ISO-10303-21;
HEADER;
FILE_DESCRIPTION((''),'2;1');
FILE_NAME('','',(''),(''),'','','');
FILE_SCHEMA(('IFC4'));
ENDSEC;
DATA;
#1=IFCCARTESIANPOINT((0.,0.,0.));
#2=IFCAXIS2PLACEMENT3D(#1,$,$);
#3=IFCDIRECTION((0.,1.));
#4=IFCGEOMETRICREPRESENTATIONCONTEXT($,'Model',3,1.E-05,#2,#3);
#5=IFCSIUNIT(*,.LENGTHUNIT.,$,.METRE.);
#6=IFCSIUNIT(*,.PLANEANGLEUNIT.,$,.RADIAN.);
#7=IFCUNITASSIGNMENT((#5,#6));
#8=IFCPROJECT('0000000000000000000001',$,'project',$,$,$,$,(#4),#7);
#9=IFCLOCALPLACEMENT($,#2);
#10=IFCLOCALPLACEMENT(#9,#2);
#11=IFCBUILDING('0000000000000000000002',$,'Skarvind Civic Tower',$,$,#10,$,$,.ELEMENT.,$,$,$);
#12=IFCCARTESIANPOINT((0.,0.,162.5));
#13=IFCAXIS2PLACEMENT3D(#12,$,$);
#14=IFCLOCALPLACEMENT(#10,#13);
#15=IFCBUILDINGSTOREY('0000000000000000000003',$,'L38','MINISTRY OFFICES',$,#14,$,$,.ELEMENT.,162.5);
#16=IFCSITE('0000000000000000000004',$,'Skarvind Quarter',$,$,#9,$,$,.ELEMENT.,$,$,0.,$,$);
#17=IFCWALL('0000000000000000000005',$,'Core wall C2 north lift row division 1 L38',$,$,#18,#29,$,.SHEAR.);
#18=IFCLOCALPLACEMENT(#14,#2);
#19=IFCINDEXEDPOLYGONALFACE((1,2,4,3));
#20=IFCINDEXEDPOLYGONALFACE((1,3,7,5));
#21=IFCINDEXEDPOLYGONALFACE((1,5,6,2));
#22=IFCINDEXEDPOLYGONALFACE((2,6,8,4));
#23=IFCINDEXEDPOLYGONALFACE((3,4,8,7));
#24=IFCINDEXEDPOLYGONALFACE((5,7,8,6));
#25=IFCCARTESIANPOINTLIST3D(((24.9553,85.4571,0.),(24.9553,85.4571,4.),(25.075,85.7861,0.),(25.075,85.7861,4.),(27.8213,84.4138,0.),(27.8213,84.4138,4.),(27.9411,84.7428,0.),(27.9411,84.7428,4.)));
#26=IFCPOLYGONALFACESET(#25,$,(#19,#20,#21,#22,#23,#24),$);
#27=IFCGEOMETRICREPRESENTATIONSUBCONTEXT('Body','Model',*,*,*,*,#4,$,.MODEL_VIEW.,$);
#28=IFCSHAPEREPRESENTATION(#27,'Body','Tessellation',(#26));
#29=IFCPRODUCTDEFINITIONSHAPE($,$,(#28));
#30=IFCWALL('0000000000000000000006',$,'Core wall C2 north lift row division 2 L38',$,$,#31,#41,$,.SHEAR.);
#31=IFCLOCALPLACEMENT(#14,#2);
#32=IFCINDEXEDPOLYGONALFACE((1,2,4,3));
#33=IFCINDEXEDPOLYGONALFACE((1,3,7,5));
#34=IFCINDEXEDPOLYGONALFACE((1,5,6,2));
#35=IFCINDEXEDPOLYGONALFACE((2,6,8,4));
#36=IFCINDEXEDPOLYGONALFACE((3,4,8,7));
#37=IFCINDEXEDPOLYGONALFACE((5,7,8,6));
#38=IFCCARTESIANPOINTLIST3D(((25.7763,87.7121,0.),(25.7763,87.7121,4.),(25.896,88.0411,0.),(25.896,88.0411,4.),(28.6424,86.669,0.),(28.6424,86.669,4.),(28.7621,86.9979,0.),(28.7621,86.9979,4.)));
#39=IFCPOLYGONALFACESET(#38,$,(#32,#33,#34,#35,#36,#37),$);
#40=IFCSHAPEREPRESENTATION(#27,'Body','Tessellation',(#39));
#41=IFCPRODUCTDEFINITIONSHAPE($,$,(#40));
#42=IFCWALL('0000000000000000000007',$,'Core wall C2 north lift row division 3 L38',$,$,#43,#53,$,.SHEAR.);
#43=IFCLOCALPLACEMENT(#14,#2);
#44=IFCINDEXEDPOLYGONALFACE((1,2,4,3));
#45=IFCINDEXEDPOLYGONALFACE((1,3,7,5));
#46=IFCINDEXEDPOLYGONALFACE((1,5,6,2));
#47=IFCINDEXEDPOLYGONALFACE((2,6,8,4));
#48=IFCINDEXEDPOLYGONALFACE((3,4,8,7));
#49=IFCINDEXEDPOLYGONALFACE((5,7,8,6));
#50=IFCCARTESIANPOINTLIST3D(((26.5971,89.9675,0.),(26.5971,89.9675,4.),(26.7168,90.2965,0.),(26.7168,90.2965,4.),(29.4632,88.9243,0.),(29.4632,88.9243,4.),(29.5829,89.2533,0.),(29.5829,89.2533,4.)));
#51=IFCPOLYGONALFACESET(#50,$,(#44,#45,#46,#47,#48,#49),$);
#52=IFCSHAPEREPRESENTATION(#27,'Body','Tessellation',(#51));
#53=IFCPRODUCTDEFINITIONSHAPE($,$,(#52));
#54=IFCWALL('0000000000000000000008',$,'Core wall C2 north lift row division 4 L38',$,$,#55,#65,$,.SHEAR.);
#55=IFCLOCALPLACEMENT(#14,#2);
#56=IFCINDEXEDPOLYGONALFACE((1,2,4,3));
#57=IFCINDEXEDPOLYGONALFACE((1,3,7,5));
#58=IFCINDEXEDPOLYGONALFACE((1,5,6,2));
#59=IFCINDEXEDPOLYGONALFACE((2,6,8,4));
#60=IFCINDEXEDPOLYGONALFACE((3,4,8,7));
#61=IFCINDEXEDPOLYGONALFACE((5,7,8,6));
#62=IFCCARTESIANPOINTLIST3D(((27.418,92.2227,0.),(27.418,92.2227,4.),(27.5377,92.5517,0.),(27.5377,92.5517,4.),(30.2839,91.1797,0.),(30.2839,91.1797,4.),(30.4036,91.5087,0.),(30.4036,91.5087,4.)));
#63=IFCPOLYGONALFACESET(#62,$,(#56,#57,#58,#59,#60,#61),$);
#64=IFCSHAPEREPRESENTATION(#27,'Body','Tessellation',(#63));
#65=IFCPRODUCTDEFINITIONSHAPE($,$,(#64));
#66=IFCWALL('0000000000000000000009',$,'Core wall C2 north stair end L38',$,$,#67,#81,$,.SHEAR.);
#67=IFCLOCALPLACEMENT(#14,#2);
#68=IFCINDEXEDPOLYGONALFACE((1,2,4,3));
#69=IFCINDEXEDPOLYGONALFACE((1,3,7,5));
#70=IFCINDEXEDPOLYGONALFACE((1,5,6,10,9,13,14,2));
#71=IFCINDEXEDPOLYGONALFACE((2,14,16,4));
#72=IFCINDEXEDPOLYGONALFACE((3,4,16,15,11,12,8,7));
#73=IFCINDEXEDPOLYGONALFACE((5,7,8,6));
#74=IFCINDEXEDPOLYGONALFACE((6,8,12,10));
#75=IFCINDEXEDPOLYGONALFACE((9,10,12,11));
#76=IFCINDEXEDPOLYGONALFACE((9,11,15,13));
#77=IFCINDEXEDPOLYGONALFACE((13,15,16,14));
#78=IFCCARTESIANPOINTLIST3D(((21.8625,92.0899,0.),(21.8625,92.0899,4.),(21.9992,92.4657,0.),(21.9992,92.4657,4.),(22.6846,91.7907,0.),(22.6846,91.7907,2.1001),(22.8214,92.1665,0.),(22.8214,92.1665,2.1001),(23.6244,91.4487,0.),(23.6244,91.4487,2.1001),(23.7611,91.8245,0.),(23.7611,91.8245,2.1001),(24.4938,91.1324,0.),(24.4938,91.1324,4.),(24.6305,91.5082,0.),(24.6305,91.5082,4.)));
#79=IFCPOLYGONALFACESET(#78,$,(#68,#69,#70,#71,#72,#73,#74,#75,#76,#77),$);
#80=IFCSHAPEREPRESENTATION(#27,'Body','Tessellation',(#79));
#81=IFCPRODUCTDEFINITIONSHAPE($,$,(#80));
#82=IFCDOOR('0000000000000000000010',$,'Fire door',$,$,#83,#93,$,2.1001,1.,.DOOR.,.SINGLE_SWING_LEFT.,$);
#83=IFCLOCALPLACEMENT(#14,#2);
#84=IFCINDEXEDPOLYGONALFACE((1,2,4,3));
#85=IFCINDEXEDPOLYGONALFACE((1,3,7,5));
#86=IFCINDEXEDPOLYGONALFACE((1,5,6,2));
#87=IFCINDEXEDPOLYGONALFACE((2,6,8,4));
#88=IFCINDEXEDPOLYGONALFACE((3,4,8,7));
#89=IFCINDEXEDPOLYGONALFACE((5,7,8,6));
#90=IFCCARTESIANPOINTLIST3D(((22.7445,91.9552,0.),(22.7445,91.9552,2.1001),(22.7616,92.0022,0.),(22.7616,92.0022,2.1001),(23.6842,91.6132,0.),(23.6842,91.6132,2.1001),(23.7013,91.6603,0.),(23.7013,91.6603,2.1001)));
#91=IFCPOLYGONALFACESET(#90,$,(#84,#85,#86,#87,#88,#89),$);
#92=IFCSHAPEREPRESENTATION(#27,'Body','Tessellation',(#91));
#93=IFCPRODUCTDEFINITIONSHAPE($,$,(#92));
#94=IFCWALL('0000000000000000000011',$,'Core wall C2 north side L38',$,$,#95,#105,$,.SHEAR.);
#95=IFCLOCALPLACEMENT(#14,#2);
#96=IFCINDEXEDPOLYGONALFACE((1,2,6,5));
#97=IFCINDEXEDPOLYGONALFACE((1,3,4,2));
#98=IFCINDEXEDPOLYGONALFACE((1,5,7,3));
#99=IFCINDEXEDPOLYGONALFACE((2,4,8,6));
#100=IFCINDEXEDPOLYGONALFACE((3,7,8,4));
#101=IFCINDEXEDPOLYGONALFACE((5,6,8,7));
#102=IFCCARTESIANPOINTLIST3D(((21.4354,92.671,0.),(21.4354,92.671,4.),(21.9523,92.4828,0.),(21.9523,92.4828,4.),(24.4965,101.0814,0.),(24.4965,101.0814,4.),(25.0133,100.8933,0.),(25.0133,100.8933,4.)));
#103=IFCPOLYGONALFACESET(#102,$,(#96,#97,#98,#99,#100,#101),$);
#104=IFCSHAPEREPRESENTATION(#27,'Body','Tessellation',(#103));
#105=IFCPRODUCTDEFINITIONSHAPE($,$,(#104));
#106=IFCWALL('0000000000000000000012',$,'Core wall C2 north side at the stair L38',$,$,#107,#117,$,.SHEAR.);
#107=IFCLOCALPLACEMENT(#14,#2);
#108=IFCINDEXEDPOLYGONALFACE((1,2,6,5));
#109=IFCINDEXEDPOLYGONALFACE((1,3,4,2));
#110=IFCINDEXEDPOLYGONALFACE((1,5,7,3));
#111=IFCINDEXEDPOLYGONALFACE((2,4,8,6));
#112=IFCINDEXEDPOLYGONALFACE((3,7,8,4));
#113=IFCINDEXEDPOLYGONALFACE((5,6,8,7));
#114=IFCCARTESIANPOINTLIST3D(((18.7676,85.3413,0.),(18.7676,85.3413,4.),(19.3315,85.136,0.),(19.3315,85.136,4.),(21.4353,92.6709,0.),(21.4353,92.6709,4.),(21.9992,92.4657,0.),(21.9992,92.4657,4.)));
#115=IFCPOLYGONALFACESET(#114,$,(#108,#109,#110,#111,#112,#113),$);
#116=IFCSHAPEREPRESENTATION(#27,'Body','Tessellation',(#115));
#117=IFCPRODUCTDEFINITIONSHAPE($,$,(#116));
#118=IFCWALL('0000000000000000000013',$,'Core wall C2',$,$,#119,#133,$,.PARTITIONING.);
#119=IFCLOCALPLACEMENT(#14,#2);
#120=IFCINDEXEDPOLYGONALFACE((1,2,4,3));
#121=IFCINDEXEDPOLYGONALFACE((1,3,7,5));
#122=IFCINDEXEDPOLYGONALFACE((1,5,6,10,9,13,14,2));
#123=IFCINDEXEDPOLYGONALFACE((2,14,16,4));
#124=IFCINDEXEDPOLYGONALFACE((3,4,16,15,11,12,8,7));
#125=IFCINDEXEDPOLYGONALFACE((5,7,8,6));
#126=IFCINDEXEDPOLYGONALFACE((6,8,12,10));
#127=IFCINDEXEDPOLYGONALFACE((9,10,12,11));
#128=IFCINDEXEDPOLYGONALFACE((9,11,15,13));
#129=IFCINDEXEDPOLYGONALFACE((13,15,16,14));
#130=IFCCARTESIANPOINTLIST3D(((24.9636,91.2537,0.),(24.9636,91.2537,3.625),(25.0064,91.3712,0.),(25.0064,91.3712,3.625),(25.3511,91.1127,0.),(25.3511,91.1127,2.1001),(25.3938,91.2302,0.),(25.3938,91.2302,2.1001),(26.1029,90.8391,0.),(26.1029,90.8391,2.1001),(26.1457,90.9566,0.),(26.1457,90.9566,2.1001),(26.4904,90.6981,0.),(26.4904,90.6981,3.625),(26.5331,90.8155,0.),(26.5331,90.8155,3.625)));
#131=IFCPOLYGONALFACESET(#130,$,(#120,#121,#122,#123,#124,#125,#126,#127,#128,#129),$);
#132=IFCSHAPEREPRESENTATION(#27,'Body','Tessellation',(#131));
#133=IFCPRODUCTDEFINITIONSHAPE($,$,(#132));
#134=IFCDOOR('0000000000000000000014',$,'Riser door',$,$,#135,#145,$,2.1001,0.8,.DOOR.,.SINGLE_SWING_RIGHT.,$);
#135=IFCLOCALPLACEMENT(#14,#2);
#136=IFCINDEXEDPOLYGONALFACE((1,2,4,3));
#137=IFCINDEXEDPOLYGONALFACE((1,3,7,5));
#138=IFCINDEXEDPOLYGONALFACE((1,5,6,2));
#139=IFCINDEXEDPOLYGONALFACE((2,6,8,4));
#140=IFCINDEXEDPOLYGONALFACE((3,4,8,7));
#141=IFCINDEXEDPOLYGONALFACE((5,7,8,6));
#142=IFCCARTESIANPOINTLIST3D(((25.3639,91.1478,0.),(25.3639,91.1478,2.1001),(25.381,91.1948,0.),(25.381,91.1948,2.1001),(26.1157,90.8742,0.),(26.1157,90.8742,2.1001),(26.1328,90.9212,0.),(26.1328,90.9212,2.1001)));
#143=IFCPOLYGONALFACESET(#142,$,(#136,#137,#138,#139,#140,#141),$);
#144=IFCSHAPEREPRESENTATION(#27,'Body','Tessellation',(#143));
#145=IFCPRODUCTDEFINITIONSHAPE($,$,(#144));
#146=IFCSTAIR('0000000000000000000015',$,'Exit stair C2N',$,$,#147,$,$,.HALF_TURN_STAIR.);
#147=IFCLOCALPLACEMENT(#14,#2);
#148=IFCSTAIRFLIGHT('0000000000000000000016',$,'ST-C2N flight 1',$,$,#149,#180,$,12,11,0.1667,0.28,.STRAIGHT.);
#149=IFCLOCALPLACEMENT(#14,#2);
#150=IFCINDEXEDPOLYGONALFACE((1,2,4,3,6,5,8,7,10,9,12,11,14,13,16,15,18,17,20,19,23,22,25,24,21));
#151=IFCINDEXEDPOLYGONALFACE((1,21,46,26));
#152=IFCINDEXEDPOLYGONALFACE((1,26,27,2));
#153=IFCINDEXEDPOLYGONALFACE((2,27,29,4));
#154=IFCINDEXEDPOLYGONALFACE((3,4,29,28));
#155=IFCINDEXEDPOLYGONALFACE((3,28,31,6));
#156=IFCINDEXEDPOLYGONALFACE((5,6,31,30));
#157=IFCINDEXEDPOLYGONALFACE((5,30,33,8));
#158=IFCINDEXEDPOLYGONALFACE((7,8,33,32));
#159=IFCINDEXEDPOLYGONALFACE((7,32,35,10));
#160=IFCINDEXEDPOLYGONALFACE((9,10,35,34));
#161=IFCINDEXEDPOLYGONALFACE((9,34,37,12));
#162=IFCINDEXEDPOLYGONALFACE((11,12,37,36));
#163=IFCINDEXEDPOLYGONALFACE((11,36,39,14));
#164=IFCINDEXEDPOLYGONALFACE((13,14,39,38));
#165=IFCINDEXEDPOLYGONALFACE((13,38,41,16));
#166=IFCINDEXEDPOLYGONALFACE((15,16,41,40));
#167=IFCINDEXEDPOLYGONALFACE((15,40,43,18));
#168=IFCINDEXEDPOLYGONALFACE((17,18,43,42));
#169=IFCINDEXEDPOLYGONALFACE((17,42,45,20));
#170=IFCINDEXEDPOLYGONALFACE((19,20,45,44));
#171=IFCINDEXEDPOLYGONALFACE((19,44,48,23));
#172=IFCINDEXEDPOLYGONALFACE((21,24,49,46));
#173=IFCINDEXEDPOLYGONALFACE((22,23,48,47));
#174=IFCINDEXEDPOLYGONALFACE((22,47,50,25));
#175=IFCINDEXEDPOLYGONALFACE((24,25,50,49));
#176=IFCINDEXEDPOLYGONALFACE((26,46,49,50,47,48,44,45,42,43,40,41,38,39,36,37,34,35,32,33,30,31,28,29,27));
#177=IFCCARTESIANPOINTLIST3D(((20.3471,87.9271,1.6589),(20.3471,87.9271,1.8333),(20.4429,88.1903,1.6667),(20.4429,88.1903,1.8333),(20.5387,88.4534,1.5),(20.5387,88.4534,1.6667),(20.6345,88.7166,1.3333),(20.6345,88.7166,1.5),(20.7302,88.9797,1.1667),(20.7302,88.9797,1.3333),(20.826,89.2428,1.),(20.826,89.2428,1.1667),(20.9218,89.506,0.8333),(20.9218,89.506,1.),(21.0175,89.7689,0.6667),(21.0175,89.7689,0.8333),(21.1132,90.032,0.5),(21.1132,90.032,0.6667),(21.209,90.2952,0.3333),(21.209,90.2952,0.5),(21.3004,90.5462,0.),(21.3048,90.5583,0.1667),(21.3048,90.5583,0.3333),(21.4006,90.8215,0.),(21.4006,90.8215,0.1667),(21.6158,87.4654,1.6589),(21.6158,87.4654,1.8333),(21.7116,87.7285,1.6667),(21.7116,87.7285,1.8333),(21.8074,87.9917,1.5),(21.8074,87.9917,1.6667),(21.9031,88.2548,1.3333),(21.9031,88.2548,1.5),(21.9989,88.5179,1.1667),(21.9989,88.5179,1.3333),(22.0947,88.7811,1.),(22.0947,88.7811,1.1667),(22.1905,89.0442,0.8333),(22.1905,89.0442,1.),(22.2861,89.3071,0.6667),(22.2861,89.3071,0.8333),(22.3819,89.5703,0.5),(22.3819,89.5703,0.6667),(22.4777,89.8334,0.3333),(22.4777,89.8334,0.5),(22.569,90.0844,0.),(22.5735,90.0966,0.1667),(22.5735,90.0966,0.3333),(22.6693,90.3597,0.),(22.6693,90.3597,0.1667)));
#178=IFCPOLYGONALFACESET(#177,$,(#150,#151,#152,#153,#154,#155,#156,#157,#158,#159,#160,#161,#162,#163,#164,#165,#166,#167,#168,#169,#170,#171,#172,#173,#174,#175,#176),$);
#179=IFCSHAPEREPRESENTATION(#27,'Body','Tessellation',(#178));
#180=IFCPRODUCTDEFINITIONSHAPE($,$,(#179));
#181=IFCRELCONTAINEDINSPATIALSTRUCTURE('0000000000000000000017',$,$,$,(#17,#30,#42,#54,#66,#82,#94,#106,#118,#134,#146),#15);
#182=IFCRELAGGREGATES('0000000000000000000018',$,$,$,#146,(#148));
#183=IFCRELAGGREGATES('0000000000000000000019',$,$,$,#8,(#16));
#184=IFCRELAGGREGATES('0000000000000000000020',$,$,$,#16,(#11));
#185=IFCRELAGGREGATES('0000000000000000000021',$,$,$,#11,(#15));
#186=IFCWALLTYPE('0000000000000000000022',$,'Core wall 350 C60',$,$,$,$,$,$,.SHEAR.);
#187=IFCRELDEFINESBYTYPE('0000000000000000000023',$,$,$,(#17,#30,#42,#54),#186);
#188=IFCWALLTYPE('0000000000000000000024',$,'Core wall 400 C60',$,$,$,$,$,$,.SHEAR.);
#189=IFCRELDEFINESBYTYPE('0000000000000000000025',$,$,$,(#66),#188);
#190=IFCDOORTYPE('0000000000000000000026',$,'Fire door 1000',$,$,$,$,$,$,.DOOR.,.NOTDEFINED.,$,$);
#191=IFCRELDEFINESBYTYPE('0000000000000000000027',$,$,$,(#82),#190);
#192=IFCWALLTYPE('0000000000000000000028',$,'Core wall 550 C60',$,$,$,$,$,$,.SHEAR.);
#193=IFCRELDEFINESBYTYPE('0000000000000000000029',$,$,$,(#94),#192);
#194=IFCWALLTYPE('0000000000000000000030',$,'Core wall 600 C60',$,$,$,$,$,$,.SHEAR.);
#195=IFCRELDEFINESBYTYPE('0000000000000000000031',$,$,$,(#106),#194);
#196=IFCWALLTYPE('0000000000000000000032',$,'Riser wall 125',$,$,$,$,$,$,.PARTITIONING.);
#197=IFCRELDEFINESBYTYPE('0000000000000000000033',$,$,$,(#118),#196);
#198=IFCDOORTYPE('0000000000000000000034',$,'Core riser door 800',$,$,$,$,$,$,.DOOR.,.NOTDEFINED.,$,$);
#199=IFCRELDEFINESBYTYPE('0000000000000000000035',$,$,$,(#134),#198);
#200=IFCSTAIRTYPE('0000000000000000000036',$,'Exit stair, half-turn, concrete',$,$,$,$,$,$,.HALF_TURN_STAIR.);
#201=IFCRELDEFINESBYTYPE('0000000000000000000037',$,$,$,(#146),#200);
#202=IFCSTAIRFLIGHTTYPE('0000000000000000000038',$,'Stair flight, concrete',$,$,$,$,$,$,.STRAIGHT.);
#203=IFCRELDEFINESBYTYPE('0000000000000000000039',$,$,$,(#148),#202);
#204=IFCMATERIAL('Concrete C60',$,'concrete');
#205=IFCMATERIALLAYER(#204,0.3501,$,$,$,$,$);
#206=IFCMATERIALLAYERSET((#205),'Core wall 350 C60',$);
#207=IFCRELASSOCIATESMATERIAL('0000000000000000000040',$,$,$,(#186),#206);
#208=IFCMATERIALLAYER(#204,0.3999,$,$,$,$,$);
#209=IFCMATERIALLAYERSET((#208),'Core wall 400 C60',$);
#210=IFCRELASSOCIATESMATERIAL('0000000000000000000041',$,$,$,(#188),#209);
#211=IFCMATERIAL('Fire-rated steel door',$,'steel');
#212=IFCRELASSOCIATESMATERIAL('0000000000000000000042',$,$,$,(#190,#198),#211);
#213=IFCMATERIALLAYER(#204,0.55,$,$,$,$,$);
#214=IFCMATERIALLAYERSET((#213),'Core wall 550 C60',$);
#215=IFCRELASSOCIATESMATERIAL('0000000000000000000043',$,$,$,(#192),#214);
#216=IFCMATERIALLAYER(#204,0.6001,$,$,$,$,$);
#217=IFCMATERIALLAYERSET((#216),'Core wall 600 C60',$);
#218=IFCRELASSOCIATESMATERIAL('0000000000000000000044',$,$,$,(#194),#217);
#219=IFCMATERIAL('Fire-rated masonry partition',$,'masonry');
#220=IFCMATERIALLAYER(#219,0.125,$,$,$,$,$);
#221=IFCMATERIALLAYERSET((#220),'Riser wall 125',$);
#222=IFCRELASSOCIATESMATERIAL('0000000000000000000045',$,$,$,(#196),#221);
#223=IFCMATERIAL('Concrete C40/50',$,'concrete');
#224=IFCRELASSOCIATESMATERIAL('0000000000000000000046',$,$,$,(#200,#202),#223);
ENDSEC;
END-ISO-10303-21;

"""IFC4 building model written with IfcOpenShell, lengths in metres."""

from ifc_helpers import new_model, si_unit, direction, frame, frame_2d, origin, place, context, subcontext, project, spatial, polyline, rectangle, outline, extrude, material, layer, layer_set, type_object, element, fill, aggregate, save


model = new_model("IFC4")

# Units and contexts
model_context = context("Model", 3, precision=1e-05, world=origin(), true_north=direction((0.0, 1.0)))
body_context = subcontext(model_context, "Body", "Model", "MODEL_VIEW")
ifc_project = project(units=[si_unit("LENGTHUNIT", "METRE"), si_unit("PLANEANGLEUNIT", "RADIAN")], contexts=[model_context])

# Site, building, storey
site_placement = place(None, origin())
site = spatial("IfcSite", under=ifc_project, at=site_placement, Name="Skarvind Quarter", CompositionType="ELEMENT", RefElevation=0.0)
building_placement = place(site_placement, origin())
building = spatial("IfcBuilding", under=site, at=building_placement, Name="Skarvind Civic Tower", CompositionType="ELEMENT")
storey_placement = place(building_placement, frame((0.0, 0.0, 162.5)))
storey = spatial("IfcBuildingStorey", under=building, at=storey_placement, Name="L38", Description="MINISTRY OFFICES", CompositionType="ELEMENT", Elevation=162.5)

# Walls
ifc_material_1 = material(Name="Concrete C60", Category="concrete")
ifc_layer_1 = layer(ifc_material_1, 0.3501)
ifc_layer_set_1 = layer_set([ifc_layer_1], Name="Core wall 350 C60")
wall_type_1 = type_object("IfcWallType", Name="Core wall 350 C60", PredefinedType="SHEAR", material=ifc_layer_set_1)
for number, where, z_axis, x_axis, name in (
    (1, (27.8811, 84.5784, 0.0), (0.0, 0.0, 1.0), (-0.939684, 0.342045, 0.0), "Core wall C2 north lift row division 1 L38"),
    (2, (28.7021, 86.8335, 0.0), (0.0, 0.0, 1.0), (-0.939693, 0.342019, 0.0), "Core wall C2 north lift row division 2 L38"),
    (3, (29.5229, 89.0889, 0.0), (0.0, 0.0, 1.0), (-0.939693, 0.342019, 0.0), "Core wall C2 north lift row division 3 L38"),
):
    element("IfcWall", number, at=place(storey_placement, frame(where, z_axis=z_axis, x_axis=x_axis)), inside=storey, type_object=wall_type_1, Name=name, PredefinedType="SHEAR", context=body_context, shape_type="SweptSolid", body=[
        extrude(rectangle(XDim=3.05, YDim=0.3501, at=frame_2d((1.5249, 0.0))), origin(), (0.0, 0.0, 1.0), 4.0),
    ])
wall_1_placement = place(storey_placement, frame((30.3438, 91.3442, 0.0), z_axis=(0.0, 0.0, 1.0), x_axis=(-0.939709, 0.341974, 0.0)))
element("IfcWall", 4, at=wall_1_placement, inside=storey, type_object=wall_type_1, Name="Core wall C2 north lift row division 4 L38", PredefinedType="SHEAR", context=body_context, shape_type="SweptSolid", body=[
    extrude(rectangle(XDim=3.0498, YDim=0.3501, at=frame_2d((1.5249, 0.0))), origin(), (0.0, 0.0, 1.0), 4.0),
])

# Wall, opening, door
ifc_layer_2 = layer(ifc_material_1, 0.3999)
ifc_layer_set_2 = layer_set([ifc_layer_2], Name="Core wall 400 C60")
wall_type_2 = type_object("IfcWallType", Name="Core wall 400 C60", PredefinedType="SHEAR", material=ifc_layer_set_2)
wall_2_placement = place(storey_placement, frame((24.562, 91.3203, 0.0), z_axis=(0.0, 0.0, 1.0), x_axis=(-0.939717, 0.341953, 0.0)))
wall_2 = element("IfcWall", 5, at=wall_2_placement, inside=storey, type_object=wall_type_2, Name="Core wall C2 north stair end L38", PredefinedType="SHEAR", context=body_context, shape_type="SweptSolid", body=[
    extrude(rectangle(XDim=2.8, YDim=0.3999, at=frame_2d((1.3999, 0.0))), origin(), (0.0, 0.0, 1.0), 4.0),
])
opening_1_placement = place(wall_2_placement, frame((0.925, 0.0, 0.0)))
opening_1 = element("IfcOpeningElement", 6, at=opening_1_placement, cuts=wall_2, PredefinedType="OPENING", context=body_context, shape_type="SweptSolid", body=[
    extrude(rectangle(XDim=1.0, YDim=2.1001, at=frame_2d((0.5, 1.05))), frame((0.0, 0.21, 0.0), z_axis=(0.0, -1.0, 0.0), x_axis=(1.0, 0.0, 0.0)), (0.0, 0.0, 1.0), 0.4199),
])
ifc_material_2 = material(Name="Fire-rated steel door", Category="steel")
door_type_1 = type_object("IfcDoorType", Name="Fire door 1000", OperationType="NOTDEFINED", PredefinedType="DOOR", material=ifc_material_2)
door_1_placement = place(opening_1_placement, origin())
door_1 = element("IfcDoor", 7, at=door_1_placement, inside=storey, type_object=door_type_1, Name="Fire door", OperationType="SINGLE_SWING_LEFT", OverallHeight=2.1001, OverallWidth=1.0, PredefinedType="DOOR", context=body_context, shape_type="SweptSolid", body=[
    extrude(rectangle(XDim=1.0, YDim=2.1001, at=frame_2d((0.5, 1.05))), frame((0.0, 0.0249, 0.0), z_axis=(0.0, -1.0, 0.0), x_axis=(1.0, 0.0, 0.0)), (0.0, 0.0, 1.0), 0.05),
])
fill(opening_1, door_1)

# Walls
ifc_layer_3 = layer(ifc_material_1, 0.55)
ifc_layer_set_3 = layer_set([ifc_layer_3], Name="Core wall 550 C60")
wall_type_3 = type_object("IfcWallType", Name="Core wall 550 C60", PredefinedType="SHEAR", material=ifc_layer_set_3)
wall_3_placement = place(storey_placement, frame((21.6938, 92.5769, 0.0), z_axis=(0.0, 0.0, 1.0), x_axis=(0.34201, 0.939696, 0.0)))
element("IfcWall", 8, at=wall_3_placement, inside=storey, type_object=wall_type_3, Name="Core wall C2 north side L38", PredefinedType="SHEAR", context=body_context, shape_type="SweptSolid", body=[
    extrude(rectangle(XDim=8.9502, YDim=0.55, at=frame_2d((4.4751, 0.0))), origin(), (0.0, 0.0, 1.0), 4.0),
])
ifc_layer_4 = layer(ifc_material_1, 0.6001)
ifc_layer_set_4 = layer_set([ifc_layer_4], Name="Core wall 600 C60")
wall_type_4 = type_object("IfcWallType", Name="Core wall 600 C60", PredefinedType="SHEAR", material=ifc_layer_set_4)
wall_4_placement = place(storey_placement, frame((19.0496, 85.2388, 0.0), z_axis=(0.0, 0.0, 1.0), x_axis=(0.342017, 0.939694, 0.0)))
element("IfcWall", 9, at=wall_4_placement, inside=storey, type_object=wall_type_4, Name="Core wall C2 north side at the stair L38", PredefinedType="SHEAR", context=body_context, shape_type="SweptSolid", body=[
    extrude(rectangle(XDim=7.8, YDim=0.6001, at=frame_2d((3.8999, 0.0))), origin(), (0.0, 0.0, 1.0), 4.0),
])

# Wall, opening, door
ifc_material_3 = material(Name="Fire-rated masonry partition", Category="masonry")
ifc_layer_5 = layer(ifc_material_3, 0.125)
ifc_layer_set_5 = layer_set([ifc_layer_5], Name="Riser wall 125")
wall_type_5 = type_object("IfcWallType", Name="Riser wall 125", PredefinedType="PARTITIONING", material=ifc_layer_set_5)
wall_5_placement = place(storey_placement, frame((24.9849, 91.3125, 0.0), z_axis=(0.0, 0.0, 1.0), x_axis=(0.939706, -0.341984, 0.0)))
wall_5 = element("IfcWall", 10, at=wall_5_placement, inside=storey, type_object=wall_type_5, Name="Core wall C2", PredefinedType="PARTITIONING", context=body_context, shape_type="SweptSolid", body=[
    extrude(rectangle(XDim=1.6248, YDim=0.125, at=frame_2d((0.8125, 0.0))), origin(), (0.0, 0.0, 1.0), 3.625),
])
opening_2_placement = place(wall_5_placement, frame((0.4126, 0.0, 0.0)))
opening_2 = element("IfcOpeningElement", 11, at=opening_2_placement, cuts=wall_5, PredefinedType="OPENING", context=body_context, shape_type="SweptSolid", body=[
    extrude(rectangle(XDim=0.8, YDim=2.1001, at=frame_2d((0.3999, 1.05))), frame((0.0, 0.0725, 0.0), z_axis=(0.0, -1.0, 0.0), x_axis=(1.0, 0.0, 0.0)), (0.0, 0.0, 1.0), 0.145),
])
door_type_2 = type_object("IfcDoorType", Name="Core riser door 800", OperationType="NOTDEFINED", PredefinedType="DOOR", material=ifc_material_2)
door_2_placement = place(opening_2_placement, origin())
door_2 = element("IfcDoor", 12, at=door_2_placement, inside=storey, type_object=door_type_2, Name="Riser door", OperationType="SINGLE_SWING_RIGHT", OverallHeight=2.1001, OverallWidth=0.8, PredefinedType="DOOR", context=body_context, shape_type="SweptSolid", body=[
    extrude(rectangle(XDim=0.8, YDim=2.1001, at=frame_2d((0.3999, 1.05))), frame((0.0, 0.0249, 0.0), z_axis=(0.0, -1.0, 0.0), x_axis=(1.0, 0.0, 0.0)), (0.0, 0.0, 1.0), 0.05),
])
fill(opening_2, door_2)

# Stair, stair flight
ifc_material_4 = material(Name="Concrete C40/50", Category="concrete")
stair_type = type_object("IfcStairType", Name="Exit stair, half-turn, concrete", PredefinedType="HALF_TURN_STAIR", material=ifc_material_4)
stair_placement = place(storey_placement, origin())
stair = element("IfcStair", 13, at=stair_placement, inside=storey, type_object=stair_type, Name="Exit stair C2N", PredefinedType="HALF_TURN_STAIR")
stair_flight_type = type_object("IfcStairFlightType", Name="Stair flight, concrete", PredefinedType="STRAIGHT", material=ifc_material_4)
stair_flight_1_placement = place(storey_placement, frame((22.0349, 90.5906, 0.0), z_axis=(0.0, 0.0, 1.0), x_axis=(-0.34202, -0.939693, 0.0)))
stair_flight_1 = element("IfcStairFlight", 14, at=stair_flight_1_placement, type_object=stair_flight_type, Name="ST-C2N flight 1", NumberOfRisers=12, NumberOfTreads=11, PredefinedType="STRAIGHT", RiserHeight=0.1667, TreadLength=0.28, context=body_context, shape_type="SweptSolid", body=[
    extrude(outline(polyline([(0.0, 0.0), (0.0, 0.1667), (0.28, 0.1667), (0.28, 0.3333), (0.5601, 0.3333), (0.5601, 0.5), (0.8401, 0.5), (0.8401, 0.6667), (1.1201, 0.6667), (1.1201, 0.8333), (1.3999, 0.8333), (1.3999, 1.0), (1.6799, 1.0), (1.6799, 1.1667), (1.96, 1.1667), (1.96, 1.3333), (2.24, 1.3333), (2.24, 1.5), (2.52, 1.5), (2.52, 1.6667), (2.8, 1.6667), (2.8, 1.8333), (3.0801, 1.8333), (3.0801, 2.0), (3.0801, 1.6589), (0.293, 0.0), (0.0, 0.0)])), frame((0.0, 0.675, 0.0), z_axis=(0.0, -1.0, 0.0), x_axis=(1.0, 0.0, 0.0)), (0.0, 0.0, 1.0), 1.3501),
])
aggregate(stair, [stair_flight_1])

save(model, "model.ifc")
